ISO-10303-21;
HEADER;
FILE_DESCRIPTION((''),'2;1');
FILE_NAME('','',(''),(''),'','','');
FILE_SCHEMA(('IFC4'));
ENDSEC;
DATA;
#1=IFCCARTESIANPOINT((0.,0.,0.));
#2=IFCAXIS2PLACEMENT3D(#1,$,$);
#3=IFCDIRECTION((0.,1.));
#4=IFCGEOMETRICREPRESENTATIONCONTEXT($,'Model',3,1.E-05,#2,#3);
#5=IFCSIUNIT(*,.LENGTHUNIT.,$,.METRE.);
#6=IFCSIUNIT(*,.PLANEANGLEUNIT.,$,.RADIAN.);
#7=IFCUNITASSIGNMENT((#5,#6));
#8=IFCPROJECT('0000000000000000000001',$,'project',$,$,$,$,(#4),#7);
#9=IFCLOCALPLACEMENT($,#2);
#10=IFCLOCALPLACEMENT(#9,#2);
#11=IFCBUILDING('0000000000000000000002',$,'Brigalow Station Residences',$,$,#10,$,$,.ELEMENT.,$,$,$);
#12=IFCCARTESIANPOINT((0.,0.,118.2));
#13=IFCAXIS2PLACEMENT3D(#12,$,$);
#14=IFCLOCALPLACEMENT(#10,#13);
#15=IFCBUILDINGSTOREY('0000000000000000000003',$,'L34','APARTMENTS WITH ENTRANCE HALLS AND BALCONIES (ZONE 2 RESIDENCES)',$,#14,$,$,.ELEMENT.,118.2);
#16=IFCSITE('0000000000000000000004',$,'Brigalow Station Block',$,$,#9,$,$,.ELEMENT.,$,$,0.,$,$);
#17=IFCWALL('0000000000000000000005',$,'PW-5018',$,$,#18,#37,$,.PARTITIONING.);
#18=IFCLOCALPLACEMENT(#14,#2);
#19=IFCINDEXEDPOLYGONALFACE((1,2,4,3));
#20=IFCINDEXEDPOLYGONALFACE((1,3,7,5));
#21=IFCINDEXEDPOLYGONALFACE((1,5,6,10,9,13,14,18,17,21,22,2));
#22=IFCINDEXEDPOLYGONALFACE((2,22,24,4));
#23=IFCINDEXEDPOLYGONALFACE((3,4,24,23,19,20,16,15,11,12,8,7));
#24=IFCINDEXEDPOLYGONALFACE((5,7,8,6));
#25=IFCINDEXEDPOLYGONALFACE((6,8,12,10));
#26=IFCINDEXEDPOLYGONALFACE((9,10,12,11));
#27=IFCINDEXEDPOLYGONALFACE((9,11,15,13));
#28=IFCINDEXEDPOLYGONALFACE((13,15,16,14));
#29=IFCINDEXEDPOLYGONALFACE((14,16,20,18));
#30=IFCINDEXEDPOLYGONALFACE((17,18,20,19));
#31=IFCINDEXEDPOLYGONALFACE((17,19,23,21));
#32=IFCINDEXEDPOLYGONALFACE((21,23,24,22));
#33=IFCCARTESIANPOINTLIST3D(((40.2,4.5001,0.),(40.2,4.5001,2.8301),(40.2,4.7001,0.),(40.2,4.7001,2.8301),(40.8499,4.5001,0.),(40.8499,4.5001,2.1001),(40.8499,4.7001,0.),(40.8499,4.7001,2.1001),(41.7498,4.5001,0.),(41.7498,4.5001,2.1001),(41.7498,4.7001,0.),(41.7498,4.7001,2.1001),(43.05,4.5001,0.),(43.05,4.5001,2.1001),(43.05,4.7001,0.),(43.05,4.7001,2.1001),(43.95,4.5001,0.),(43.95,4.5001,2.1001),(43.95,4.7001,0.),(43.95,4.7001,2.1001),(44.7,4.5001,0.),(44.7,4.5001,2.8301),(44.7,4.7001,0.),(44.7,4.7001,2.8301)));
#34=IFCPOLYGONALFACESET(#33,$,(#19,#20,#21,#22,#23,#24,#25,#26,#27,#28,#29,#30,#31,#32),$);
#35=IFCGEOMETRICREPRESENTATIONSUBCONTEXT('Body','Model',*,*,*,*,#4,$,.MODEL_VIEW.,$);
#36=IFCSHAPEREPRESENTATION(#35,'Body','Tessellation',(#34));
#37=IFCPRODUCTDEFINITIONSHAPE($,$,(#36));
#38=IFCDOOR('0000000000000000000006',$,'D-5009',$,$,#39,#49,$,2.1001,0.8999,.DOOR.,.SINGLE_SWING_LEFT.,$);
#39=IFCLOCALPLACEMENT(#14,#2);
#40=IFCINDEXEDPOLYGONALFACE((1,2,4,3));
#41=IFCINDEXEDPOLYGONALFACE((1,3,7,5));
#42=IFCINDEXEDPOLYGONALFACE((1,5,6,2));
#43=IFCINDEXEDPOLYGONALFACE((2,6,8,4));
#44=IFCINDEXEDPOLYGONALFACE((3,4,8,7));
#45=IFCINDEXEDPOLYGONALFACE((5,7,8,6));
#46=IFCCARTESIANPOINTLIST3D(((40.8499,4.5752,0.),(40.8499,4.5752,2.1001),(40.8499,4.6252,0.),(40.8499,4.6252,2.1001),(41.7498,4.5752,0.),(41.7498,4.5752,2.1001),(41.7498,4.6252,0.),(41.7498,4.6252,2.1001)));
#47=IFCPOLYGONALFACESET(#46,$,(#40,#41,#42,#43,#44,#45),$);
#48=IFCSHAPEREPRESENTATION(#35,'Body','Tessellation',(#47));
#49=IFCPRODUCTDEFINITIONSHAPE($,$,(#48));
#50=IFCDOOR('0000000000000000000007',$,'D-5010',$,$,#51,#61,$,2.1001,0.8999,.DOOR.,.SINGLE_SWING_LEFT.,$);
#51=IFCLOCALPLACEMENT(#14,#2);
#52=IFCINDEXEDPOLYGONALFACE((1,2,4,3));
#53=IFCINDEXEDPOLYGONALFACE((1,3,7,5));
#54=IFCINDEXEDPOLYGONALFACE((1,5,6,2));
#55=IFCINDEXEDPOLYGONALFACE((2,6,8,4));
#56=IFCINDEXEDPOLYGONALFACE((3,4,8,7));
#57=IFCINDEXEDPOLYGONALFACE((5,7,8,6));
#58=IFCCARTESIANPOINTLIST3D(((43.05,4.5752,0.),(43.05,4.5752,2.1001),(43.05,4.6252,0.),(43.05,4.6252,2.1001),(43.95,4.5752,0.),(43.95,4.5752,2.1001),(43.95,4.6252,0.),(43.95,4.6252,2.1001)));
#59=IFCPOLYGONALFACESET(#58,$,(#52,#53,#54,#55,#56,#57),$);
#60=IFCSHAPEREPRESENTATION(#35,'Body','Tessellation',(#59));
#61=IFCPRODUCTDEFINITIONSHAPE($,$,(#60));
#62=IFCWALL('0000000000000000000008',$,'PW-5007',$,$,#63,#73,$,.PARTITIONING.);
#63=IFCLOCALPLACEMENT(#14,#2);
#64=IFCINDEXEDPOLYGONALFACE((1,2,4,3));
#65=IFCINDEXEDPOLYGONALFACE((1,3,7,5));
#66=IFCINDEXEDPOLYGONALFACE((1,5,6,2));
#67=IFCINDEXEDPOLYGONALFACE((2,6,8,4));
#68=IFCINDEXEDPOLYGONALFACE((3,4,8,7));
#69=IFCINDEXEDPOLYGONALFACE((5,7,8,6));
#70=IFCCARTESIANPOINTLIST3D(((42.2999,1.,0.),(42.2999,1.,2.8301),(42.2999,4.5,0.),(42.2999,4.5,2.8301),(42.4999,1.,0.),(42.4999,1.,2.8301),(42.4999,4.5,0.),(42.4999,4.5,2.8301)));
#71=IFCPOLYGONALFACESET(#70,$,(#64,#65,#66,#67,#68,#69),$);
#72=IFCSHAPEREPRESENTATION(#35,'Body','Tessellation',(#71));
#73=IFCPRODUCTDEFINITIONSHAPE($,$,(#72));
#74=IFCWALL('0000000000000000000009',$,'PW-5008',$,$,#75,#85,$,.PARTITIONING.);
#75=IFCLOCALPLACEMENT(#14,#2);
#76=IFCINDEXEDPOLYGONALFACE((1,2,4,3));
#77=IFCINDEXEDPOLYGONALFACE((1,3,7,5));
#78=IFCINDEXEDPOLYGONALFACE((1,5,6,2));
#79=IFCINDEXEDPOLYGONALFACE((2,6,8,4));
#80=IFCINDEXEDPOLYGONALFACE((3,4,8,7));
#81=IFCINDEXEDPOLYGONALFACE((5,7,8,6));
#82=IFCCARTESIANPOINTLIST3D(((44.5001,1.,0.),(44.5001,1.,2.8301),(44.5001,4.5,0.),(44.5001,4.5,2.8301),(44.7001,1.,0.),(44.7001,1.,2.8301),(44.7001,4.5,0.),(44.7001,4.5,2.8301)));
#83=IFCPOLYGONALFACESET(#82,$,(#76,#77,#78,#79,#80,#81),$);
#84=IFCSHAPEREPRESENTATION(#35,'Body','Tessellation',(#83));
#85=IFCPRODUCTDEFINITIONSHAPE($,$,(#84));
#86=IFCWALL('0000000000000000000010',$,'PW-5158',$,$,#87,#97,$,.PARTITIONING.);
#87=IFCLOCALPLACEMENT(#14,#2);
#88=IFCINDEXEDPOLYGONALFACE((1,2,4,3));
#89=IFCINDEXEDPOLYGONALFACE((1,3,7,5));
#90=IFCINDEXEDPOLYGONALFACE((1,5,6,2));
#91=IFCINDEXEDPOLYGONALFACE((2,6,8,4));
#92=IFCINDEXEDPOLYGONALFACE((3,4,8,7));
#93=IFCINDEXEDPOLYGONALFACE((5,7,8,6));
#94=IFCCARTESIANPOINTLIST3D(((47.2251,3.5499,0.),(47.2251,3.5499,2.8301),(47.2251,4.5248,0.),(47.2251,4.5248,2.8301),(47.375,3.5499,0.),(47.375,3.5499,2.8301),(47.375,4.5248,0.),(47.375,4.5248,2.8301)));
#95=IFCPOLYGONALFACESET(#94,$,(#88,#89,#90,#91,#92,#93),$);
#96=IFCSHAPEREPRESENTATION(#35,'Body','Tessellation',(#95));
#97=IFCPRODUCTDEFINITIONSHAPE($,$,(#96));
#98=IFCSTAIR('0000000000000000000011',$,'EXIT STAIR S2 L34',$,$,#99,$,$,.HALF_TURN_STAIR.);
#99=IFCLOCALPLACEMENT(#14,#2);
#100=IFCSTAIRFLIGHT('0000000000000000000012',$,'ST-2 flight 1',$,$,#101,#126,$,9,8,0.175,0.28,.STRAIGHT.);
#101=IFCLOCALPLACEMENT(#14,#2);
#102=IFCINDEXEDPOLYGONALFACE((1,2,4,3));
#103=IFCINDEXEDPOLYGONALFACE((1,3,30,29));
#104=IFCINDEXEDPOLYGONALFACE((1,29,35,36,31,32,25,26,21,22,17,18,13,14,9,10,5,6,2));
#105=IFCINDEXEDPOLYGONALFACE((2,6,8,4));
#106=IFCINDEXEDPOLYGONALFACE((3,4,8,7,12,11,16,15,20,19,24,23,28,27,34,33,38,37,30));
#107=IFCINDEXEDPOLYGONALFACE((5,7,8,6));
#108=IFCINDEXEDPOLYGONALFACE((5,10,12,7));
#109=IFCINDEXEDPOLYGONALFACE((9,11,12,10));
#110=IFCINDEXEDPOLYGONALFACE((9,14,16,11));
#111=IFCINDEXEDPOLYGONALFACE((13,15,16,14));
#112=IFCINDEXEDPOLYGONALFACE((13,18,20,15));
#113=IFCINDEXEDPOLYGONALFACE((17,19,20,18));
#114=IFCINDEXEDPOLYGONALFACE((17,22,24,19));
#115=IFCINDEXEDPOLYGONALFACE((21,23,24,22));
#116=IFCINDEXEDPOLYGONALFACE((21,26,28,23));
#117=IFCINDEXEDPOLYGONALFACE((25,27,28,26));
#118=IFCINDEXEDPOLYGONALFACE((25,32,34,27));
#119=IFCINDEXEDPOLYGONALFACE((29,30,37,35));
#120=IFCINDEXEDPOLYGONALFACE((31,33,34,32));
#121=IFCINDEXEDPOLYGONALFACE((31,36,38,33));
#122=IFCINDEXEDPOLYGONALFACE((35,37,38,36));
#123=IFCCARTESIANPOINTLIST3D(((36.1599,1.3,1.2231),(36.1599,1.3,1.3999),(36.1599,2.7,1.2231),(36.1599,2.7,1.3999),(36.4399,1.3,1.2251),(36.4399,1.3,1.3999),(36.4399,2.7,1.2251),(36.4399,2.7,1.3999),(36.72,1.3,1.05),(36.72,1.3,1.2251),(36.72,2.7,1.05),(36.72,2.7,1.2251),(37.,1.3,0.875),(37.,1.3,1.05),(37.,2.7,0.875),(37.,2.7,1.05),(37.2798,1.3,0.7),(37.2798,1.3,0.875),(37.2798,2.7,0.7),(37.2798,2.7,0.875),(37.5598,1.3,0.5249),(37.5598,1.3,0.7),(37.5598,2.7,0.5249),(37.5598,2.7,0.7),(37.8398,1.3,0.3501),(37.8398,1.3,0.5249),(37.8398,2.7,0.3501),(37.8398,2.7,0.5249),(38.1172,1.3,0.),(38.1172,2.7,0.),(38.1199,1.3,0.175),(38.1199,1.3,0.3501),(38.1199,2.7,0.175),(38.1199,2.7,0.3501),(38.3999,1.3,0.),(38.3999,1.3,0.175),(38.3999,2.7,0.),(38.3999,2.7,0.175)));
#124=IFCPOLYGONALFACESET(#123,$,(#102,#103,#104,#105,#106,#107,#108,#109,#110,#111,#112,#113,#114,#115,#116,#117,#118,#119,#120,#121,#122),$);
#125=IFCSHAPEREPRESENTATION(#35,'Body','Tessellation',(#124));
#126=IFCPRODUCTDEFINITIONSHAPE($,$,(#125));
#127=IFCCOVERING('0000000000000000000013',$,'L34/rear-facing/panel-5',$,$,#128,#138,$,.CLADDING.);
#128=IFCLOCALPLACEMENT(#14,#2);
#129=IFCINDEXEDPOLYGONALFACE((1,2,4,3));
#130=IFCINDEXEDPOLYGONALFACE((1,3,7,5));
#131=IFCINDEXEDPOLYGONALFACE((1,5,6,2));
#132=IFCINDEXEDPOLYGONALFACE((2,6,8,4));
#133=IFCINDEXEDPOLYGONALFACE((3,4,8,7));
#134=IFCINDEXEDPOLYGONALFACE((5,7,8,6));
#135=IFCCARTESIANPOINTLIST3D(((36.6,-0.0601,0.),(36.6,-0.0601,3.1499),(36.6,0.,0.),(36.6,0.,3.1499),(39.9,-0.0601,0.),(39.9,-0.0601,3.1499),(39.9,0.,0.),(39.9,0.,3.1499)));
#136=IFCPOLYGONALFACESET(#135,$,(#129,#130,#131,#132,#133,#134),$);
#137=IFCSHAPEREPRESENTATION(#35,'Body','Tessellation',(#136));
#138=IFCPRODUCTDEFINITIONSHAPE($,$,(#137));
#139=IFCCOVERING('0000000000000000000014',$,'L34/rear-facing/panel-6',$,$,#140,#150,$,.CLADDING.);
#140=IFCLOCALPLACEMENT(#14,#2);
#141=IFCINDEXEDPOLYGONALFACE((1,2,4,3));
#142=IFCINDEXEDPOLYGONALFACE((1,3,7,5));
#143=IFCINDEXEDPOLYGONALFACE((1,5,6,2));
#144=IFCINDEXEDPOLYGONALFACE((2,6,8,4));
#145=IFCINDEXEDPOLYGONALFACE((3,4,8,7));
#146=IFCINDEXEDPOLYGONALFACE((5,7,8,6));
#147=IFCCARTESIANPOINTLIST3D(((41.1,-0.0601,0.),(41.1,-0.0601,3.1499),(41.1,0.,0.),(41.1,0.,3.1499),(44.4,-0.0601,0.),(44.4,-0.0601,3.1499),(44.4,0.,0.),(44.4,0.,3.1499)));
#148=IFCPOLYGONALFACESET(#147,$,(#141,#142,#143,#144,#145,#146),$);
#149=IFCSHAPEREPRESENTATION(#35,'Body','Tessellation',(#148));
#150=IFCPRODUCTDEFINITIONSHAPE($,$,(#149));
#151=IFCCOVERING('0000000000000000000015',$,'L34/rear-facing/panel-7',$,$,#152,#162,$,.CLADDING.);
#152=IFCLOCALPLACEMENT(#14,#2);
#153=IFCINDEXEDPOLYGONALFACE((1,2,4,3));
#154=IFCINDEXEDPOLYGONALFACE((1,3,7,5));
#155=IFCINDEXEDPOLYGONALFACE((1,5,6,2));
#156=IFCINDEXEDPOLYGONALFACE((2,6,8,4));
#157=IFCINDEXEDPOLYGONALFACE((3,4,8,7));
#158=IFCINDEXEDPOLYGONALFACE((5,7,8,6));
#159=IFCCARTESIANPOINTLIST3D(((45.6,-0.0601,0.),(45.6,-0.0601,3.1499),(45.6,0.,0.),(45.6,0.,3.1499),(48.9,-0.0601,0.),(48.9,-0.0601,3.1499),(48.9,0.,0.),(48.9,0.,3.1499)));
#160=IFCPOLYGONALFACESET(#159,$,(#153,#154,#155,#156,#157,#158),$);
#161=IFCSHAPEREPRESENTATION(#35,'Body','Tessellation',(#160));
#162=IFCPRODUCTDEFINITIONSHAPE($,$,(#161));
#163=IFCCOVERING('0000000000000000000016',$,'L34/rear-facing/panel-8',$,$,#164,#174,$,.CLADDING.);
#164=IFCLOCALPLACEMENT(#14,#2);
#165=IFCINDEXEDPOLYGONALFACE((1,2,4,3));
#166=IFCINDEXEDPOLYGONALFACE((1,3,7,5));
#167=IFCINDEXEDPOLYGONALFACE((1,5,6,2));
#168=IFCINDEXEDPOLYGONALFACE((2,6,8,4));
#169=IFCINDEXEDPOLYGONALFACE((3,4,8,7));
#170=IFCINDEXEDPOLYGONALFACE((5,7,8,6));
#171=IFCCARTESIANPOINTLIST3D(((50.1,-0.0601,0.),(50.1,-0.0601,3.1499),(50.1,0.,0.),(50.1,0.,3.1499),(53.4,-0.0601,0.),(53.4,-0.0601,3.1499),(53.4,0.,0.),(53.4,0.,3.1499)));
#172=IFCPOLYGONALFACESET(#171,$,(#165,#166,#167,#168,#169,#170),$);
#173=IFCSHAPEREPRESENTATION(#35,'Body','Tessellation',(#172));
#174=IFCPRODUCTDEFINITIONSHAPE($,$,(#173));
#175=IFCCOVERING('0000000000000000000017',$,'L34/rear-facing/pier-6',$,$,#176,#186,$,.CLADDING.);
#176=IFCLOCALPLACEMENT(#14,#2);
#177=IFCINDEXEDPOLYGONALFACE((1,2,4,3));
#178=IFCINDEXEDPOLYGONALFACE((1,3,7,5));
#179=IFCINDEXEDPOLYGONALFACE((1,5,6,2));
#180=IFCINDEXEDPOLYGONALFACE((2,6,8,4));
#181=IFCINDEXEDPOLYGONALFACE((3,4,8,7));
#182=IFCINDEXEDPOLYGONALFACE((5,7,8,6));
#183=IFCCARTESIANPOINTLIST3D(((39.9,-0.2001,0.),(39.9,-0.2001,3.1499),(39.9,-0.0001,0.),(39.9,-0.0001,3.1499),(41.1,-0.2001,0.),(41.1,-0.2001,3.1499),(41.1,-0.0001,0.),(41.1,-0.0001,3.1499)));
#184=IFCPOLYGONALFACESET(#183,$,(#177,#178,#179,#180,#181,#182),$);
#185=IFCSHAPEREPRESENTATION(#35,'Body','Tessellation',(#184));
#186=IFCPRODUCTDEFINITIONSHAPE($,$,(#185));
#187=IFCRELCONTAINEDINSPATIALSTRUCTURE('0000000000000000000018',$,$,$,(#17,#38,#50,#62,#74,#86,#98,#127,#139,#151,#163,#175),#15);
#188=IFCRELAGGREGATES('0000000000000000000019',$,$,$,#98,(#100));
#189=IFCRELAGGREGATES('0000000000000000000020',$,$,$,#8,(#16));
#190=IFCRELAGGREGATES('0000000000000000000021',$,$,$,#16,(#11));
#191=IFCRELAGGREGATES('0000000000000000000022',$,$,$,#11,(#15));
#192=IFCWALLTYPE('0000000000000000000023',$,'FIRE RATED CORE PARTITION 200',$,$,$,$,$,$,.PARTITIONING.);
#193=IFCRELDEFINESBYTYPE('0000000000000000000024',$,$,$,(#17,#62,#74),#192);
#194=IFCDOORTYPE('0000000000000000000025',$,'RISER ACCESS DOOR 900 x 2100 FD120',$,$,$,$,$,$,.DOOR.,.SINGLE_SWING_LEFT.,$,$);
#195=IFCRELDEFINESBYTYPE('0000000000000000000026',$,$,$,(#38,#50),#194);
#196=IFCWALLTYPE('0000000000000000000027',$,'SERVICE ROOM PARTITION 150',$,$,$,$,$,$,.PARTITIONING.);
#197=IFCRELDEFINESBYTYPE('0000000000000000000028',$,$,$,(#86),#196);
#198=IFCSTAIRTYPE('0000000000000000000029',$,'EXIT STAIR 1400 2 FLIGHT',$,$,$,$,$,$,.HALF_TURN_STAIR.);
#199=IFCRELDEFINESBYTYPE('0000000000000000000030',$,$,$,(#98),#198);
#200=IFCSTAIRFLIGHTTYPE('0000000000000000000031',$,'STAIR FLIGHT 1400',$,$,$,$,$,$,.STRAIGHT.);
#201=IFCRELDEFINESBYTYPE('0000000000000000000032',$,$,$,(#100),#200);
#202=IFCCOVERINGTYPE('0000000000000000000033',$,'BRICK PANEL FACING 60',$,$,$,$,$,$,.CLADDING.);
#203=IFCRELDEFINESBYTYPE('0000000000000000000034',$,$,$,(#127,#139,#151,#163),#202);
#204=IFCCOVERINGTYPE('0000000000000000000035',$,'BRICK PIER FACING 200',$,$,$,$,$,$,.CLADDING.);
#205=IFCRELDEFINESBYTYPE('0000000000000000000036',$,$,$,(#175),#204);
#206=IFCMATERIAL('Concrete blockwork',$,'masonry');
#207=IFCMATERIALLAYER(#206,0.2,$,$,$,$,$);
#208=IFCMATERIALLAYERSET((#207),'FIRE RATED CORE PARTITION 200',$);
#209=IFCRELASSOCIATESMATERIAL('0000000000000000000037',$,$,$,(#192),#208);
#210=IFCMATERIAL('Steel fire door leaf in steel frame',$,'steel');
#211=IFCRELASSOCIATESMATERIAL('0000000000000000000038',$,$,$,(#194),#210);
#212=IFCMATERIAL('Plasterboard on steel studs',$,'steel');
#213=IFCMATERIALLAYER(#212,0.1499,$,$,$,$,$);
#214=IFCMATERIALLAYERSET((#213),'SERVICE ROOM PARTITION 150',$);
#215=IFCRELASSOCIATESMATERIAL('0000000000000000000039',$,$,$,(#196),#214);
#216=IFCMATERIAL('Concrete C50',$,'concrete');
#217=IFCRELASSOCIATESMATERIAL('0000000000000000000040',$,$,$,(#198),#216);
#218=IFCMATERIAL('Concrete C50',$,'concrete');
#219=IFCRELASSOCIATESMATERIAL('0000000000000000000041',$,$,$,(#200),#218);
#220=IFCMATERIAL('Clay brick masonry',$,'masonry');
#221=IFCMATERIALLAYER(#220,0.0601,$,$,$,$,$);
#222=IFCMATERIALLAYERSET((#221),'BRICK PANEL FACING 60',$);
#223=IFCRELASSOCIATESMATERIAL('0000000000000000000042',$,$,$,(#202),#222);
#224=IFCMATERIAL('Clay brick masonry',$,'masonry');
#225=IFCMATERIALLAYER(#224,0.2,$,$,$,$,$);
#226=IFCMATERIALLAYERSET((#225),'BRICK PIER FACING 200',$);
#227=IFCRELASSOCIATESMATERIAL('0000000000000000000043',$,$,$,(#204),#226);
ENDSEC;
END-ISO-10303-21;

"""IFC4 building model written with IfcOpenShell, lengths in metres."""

from ifc_helpers import new_model, si_unit, direction, frame, frame_2d, origin, origin_2d, place, context, subcontext, project, spatial, polyline, rectangle, outline, extrude, material, layer, layer_set, type_object, element, fill, aggregate, save


model = new_model("IFC4")

# Units and contexts
model_context = context("Model", 3, precision=1e-05, world=origin(), true_north=direction((0.0, 1.0)))
body_context = subcontext(model_context, "Body", "Model", "MODEL_VIEW")
ifc_project = project(units=[si_unit("LENGTHUNIT", "METRE"), si_unit("PLANEANGLEUNIT", "RADIAN")], contexts=[model_context])

# Site, building, storey
site_placement = place(None, origin())
site = spatial("IfcSite", under=ifc_project, at=site_placement, Name="Brigalow Station Block", CompositionType="ELEMENT", RefElevation=0.0)
building_placement = place(site_placement, origin())
building = spatial("IfcBuilding", under=site, at=building_placement, Name="Brigalow Station Residences", CompositionType="ELEMENT")
storey_placement = place(building_placement, frame((0.0, 0.0, 118.2)))
storey = spatial("IfcBuildingStorey", under=building, at=storey_placement, Name="L34", Description="APARTMENTS WITH ENTRANCE HALLS AND BALCONIES (ZONE 2 RESIDENCES)", CompositionType="ELEMENT", Elevation=118.2)

# Wall, openings, doors
ifc_material_1 = material(Name="Concrete blockwork", Category="masonry")
ifc_layer_1 = layer(ifc_material_1, 0.2)
ifc_layer_set_1 = layer_set([ifc_layer_1], Name="FIRE RATED CORE PARTITION 200")
wall_type_1 = type_object("IfcWallType", Name="FIRE RATED CORE PARTITION 200", PredefinedType="PARTITIONING", material=ifc_layer_set_1)
wall_1_placement = place(storey_placement, frame((40.2, 4.6001, 0.0), z_axis=(0.0, 0.0, 1.0), x_axis=(1.0, 0.0, 0.0)))
wall_1 = element("IfcWall", 1, at=wall_1_placement, inside=storey, type_object=wall_type_1, Name="PW-5018", PredefinedType="PARTITIONING", context=body_context, shape_type="SweptSolid", body=[
    extrude(rectangle(XDim=4.5, YDim=0.2, at=frame_2d((2.25, 0.0))), origin(), (0.0, 0.0, 1.0), 2.8301),
])
opening_1_placement = place(wall_1_placement, frame((0.6499, 0.0, 0.0)))
opening_1 = element("IfcOpeningElement", 2, at=opening_1_placement, cuts=wall_1, PredefinedType="OPENING", context=body_context, shape_type="SweptSolid", body=[
    extrude(rectangle(XDim=0.8999, YDim=2.1001, at=frame_2d((0.45, 1.05))), frame((0.0, 0.1099, 0.0), z_axis=(0.0, -1.0, 0.0), x_axis=(1.0, 0.0, 0.0)), (0.0, 0.0, 1.0), 0.22),
])
opening_2_placement = place(wall_1_placement, frame((2.8501, 0.0, 0.0)))
opening_2 = element("IfcOpeningElement", 3, at=opening_2_placement, cuts=wall_1, PredefinedType="OPENING", context=body_context, shape_type="SweptSolid", body=[
    extrude(rectangle(XDim=0.8999, YDim=2.1001, at=frame_2d((0.45, 1.05))), frame((0.0, 0.1099, 0.0), z_axis=(0.0, -1.0, 0.0), x_axis=(1.0, 0.0, 0.0)), (0.0, 0.0, 1.0), 0.22),
])
ifc_material_2 = material(Name="Steel fire door leaf in steel frame", Category="steel")
door_type_1 = type_object("IfcDoorType", Name="RISER ACCESS DOOR 900 x 2100 FD120", OperationType="SINGLE_SWING_LEFT", PredefinedType="DOOR", material=ifc_material_2)
door_1_placement = place(opening_1_placement, frame((0.8999, 0.0, 0.0), z_axis=(0.0, 0.0, 1.0), x_axis=(-1.0, 0.0, 0.0)))
door_1 = element("IfcDoor", 4, at=door_1_placement, inside=storey, type_object=door_type_1, Name="D-5009", OperationType="SINGLE_SWING_LEFT", OverallHeight=2.1001, OverallWidth=0.8999, PredefinedType="DOOR", context=body_context, shape_type="SweptSolid", body=[
    extrude(rectangle(XDim=0.8999, YDim=2.1001, at=frame_2d((0.45, 1.05))), frame((0.0, 0.0249, 0.0), z_axis=(0.0, -1.0, 0.0), x_axis=(1.0, 0.0, 0.0)), (0.0, 0.0, 1.0), 0.05),
])
fill(opening_1, door_1)
door_2_placement = place(opening_2_placement, frame((0.8999, 0.0, 0.0), z_axis=(0.0, 0.0, 1.0), x_axis=(-1.0, 0.0, 0.0)))
door_2 = element("IfcDoor", 5, at=door_2_placement, inside=storey, type_object=door_type_1, Name="D-5010", OperationType="SINGLE_SWING_LEFT", OverallHeight=2.1001, OverallWidth=0.8999, PredefinedType="DOOR", context=body_context, shape_type="SweptSolid", body=[
    extrude(rectangle(XDim=0.8999, YDim=2.1001, at=frame_2d((0.45, 1.05))), frame((0.0, 0.0249, 0.0), z_axis=(0.0, -1.0, 0.0), x_axis=(1.0, 0.0, 0.0)), (0.0, 0.0, 1.0), 0.05),
])
fill(opening_2, door_2)

# Walls
for number, where, z_axis, x_axis, name in (
    (6, (42.3999, 1.0, 0.0), (0.0, 0.0, 1.0), (0.0, 1.0, 0.0), "PW-5007"),
    (7, (44.6001, 1.0, 0.0), (0.0, 0.0, 1.0), (0.0, 1.0, 0.0), "PW-5008"),
):
    element("IfcWall", number, at=place(storey_placement, frame(where, z_axis=z_axis, x_axis=x_axis)), inside=storey, type_object=wall_type_1, Name=name, PredefinedType="PARTITIONING", context=body_context, shape_type="SweptSolid", body=[
        extrude(rectangle(XDim=3.5, YDim=0.2, at=frame_2d((1.75, 0.0))), origin(), (0.0, 0.0, 1.0), 2.8301),
    ])
ifc_material_3 = material(Name="Plasterboard on steel studs", Category="steel")
ifc_layer_2 = layer(ifc_material_3, 0.1499)
ifc_layer_set_2 = layer_set([ifc_layer_2], Name="SERVICE ROOM PARTITION 150")
wall_type_2 = type_object("IfcWallType", Name="SERVICE ROOM PARTITION 150", PredefinedType="PARTITIONING", material=ifc_layer_set_2)
wall_2_placement = place(storey_placement, frame((47.3, 3.55, 0.0), z_axis=(0.0, 0.0, 1.0), x_axis=(0.0, 1.0, 0.0)))
element("IfcWall", 8, at=wall_2_placement, inside=storey, type_object=wall_type_2, Name="PW-5158", PredefinedType="PARTITIONING", context=body_context, shape_type="SweptSolid", body=[
    extrude(rectangle(XDim=0.9749, YDim=0.1499, at=frame_2d((0.4873, 0.0))), origin(), (0.0, 0.0, 1.0), 2.8301),
])

# Stair, stair flight
ifc_material_4 = material(Name="Concrete C50", Category="concrete")
stair_type = type_object("IfcStairType", Name="EXIT STAIR 1400 2 FLIGHT", PredefinedType="HALF_TURN_STAIR", material=ifc_material_4)
stair_placement = place(storey_placement, origin())
stair = element("IfcStair", 9, at=stair_placement, inside=storey, type_object=stair_type, Name="EXIT STAIR S2 L34", PredefinedType="HALF_TURN_STAIR")
ifc_material_5 = material(Name="Concrete C50", Category="concrete")
stair_flight_type = type_object("IfcStairFlightType", Name="STAIR FLIGHT 1400", PredefinedType="STRAIGHT", material=ifc_material_5)
stair_flight_placement = place(storey_placement, frame((38.3999, 2.0, 0.0), z_axis=(0.0, 0.0, 1.0), x_axis=(-1.0, 0.0, 0.0)))
stair_flight = element("IfcStairFlight", 10, at=stair_flight_placement, type_object=stair_flight_type, Name="ST-2 flight 1", NumberOfRisers=9, NumberOfTreads=8, PredefinedType="STRAIGHT", RiserHeight=0.175, TreadLength=0.28, context=body_context, shape_type="SweptSolid", body=[
    extrude(outline(polyline([(0.0, 0.0), (0.0, 0.175), (0.28, 0.175), (0.28, 0.3501), (0.5601, 0.3501), (0.5601, 0.5249), (0.8401, 0.5249), (0.8401, 0.7), (1.1201, 0.7), (1.1201, 0.875), (1.3999, 0.875), (1.3999, 1.05), (1.6799, 1.05), (1.6799, 1.2251), (1.96, 1.2251), (1.96, 1.3999), (2.24, 1.3999), (2.24, 1.575), (2.24, 1.2231), (0.2827, 0.0), (0.0, 0.0)])), frame((0.0, 0.7, 0.0), z_axis=(0.0, -1.0, 0.0), x_axis=(1.0, 0.0, 0.0)), (0.0, 0.0, 1.0), 1.3999),
])
aggregate(stair, [stair_flight])

# Coverings
ifc_material_6 = material(Name="Clay brick masonry", Category="masonry")
ifc_layer_3 = layer(ifc_material_6, 0.0601)
ifc_layer_set_3 = layer_set([ifc_layer_3], Name="BRICK PANEL FACING 60")
covering_type_1 = type_object("IfcCoveringType", Name="BRICK PANEL FACING 60", PredefinedType="CLADDING", material=ifc_layer_set_3)
for number, where, z_axis, x_axis, name in (
    (11, (38.25, -0.03, 0.0), (0.0, 0.0, 1.0), (1.0, 0.0, 0.0), "L34/rear-facing/panel-5"),
    (12, (42.75, -0.03, 0.0), (0.0, 0.0, 1.0), (1.0, 0.0, 0.0), "L34/rear-facing/panel-6"),
    (13, (47.25, -0.03, 0.0), (0.0, 0.0, 1.0), (1.0, 0.0, 0.0), "L34/rear-facing/panel-7"),
    (14, (51.75, -0.03, 0.0), (0.0, 0.0, 1.0), (1.0, 0.0, 0.0), "L34/rear-facing/panel-8"),
):
    element("IfcCovering", number, at=place(storey_placement, frame(where, z_axis=z_axis, x_axis=x_axis)), inside=storey, type_object=covering_type_1, Name=name, PredefinedType="CLADDING", context=body_context, shape_type="SweptSolid", body=[
        extrude(rectangle(XDim=3.3, YDim=0.0601, at=origin_2d()), origin(), (0.0, 0.0, 1.0), 3.1499),
    ])
ifc_material_7 = material(Name="Clay brick masonry", Category="masonry")
ifc_layer_4 = layer(ifc_material_7, 0.2)
ifc_layer_set_4 = layer_set([ifc_layer_4], Name="BRICK PIER FACING 200")
covering_type_2 = type_object("IfcCoveringType", Name="BRICK PIER FACING 200", PredefinedType="CLADDING", material=ifc_layer_set_4)
for number, where, z_axis, x_axis, name in (
    (15, (40.5, -0.1001, 0.0), (0.0, 0.0, 1.0), (1.0, 0.0, 0.0), "L34/rear-facing/pier-6"),
):
    element("IfcCovering", number, at=place(storey_placement, frame(where, z_axis=z_axis, x_axis=x_axis)), inside=storey, type_object=covering_type_2, Name=name, PredefinedType="CLADDING", context=body_context, shape_type="SweptSolid", body=[
        extrude(rectangle(XDim=1.2, YDim=0.2, at=origin_2d()), origin(), (0.0, 0.0, 1.0), 3.1499),
    ])

save(model, "model.ifc")
